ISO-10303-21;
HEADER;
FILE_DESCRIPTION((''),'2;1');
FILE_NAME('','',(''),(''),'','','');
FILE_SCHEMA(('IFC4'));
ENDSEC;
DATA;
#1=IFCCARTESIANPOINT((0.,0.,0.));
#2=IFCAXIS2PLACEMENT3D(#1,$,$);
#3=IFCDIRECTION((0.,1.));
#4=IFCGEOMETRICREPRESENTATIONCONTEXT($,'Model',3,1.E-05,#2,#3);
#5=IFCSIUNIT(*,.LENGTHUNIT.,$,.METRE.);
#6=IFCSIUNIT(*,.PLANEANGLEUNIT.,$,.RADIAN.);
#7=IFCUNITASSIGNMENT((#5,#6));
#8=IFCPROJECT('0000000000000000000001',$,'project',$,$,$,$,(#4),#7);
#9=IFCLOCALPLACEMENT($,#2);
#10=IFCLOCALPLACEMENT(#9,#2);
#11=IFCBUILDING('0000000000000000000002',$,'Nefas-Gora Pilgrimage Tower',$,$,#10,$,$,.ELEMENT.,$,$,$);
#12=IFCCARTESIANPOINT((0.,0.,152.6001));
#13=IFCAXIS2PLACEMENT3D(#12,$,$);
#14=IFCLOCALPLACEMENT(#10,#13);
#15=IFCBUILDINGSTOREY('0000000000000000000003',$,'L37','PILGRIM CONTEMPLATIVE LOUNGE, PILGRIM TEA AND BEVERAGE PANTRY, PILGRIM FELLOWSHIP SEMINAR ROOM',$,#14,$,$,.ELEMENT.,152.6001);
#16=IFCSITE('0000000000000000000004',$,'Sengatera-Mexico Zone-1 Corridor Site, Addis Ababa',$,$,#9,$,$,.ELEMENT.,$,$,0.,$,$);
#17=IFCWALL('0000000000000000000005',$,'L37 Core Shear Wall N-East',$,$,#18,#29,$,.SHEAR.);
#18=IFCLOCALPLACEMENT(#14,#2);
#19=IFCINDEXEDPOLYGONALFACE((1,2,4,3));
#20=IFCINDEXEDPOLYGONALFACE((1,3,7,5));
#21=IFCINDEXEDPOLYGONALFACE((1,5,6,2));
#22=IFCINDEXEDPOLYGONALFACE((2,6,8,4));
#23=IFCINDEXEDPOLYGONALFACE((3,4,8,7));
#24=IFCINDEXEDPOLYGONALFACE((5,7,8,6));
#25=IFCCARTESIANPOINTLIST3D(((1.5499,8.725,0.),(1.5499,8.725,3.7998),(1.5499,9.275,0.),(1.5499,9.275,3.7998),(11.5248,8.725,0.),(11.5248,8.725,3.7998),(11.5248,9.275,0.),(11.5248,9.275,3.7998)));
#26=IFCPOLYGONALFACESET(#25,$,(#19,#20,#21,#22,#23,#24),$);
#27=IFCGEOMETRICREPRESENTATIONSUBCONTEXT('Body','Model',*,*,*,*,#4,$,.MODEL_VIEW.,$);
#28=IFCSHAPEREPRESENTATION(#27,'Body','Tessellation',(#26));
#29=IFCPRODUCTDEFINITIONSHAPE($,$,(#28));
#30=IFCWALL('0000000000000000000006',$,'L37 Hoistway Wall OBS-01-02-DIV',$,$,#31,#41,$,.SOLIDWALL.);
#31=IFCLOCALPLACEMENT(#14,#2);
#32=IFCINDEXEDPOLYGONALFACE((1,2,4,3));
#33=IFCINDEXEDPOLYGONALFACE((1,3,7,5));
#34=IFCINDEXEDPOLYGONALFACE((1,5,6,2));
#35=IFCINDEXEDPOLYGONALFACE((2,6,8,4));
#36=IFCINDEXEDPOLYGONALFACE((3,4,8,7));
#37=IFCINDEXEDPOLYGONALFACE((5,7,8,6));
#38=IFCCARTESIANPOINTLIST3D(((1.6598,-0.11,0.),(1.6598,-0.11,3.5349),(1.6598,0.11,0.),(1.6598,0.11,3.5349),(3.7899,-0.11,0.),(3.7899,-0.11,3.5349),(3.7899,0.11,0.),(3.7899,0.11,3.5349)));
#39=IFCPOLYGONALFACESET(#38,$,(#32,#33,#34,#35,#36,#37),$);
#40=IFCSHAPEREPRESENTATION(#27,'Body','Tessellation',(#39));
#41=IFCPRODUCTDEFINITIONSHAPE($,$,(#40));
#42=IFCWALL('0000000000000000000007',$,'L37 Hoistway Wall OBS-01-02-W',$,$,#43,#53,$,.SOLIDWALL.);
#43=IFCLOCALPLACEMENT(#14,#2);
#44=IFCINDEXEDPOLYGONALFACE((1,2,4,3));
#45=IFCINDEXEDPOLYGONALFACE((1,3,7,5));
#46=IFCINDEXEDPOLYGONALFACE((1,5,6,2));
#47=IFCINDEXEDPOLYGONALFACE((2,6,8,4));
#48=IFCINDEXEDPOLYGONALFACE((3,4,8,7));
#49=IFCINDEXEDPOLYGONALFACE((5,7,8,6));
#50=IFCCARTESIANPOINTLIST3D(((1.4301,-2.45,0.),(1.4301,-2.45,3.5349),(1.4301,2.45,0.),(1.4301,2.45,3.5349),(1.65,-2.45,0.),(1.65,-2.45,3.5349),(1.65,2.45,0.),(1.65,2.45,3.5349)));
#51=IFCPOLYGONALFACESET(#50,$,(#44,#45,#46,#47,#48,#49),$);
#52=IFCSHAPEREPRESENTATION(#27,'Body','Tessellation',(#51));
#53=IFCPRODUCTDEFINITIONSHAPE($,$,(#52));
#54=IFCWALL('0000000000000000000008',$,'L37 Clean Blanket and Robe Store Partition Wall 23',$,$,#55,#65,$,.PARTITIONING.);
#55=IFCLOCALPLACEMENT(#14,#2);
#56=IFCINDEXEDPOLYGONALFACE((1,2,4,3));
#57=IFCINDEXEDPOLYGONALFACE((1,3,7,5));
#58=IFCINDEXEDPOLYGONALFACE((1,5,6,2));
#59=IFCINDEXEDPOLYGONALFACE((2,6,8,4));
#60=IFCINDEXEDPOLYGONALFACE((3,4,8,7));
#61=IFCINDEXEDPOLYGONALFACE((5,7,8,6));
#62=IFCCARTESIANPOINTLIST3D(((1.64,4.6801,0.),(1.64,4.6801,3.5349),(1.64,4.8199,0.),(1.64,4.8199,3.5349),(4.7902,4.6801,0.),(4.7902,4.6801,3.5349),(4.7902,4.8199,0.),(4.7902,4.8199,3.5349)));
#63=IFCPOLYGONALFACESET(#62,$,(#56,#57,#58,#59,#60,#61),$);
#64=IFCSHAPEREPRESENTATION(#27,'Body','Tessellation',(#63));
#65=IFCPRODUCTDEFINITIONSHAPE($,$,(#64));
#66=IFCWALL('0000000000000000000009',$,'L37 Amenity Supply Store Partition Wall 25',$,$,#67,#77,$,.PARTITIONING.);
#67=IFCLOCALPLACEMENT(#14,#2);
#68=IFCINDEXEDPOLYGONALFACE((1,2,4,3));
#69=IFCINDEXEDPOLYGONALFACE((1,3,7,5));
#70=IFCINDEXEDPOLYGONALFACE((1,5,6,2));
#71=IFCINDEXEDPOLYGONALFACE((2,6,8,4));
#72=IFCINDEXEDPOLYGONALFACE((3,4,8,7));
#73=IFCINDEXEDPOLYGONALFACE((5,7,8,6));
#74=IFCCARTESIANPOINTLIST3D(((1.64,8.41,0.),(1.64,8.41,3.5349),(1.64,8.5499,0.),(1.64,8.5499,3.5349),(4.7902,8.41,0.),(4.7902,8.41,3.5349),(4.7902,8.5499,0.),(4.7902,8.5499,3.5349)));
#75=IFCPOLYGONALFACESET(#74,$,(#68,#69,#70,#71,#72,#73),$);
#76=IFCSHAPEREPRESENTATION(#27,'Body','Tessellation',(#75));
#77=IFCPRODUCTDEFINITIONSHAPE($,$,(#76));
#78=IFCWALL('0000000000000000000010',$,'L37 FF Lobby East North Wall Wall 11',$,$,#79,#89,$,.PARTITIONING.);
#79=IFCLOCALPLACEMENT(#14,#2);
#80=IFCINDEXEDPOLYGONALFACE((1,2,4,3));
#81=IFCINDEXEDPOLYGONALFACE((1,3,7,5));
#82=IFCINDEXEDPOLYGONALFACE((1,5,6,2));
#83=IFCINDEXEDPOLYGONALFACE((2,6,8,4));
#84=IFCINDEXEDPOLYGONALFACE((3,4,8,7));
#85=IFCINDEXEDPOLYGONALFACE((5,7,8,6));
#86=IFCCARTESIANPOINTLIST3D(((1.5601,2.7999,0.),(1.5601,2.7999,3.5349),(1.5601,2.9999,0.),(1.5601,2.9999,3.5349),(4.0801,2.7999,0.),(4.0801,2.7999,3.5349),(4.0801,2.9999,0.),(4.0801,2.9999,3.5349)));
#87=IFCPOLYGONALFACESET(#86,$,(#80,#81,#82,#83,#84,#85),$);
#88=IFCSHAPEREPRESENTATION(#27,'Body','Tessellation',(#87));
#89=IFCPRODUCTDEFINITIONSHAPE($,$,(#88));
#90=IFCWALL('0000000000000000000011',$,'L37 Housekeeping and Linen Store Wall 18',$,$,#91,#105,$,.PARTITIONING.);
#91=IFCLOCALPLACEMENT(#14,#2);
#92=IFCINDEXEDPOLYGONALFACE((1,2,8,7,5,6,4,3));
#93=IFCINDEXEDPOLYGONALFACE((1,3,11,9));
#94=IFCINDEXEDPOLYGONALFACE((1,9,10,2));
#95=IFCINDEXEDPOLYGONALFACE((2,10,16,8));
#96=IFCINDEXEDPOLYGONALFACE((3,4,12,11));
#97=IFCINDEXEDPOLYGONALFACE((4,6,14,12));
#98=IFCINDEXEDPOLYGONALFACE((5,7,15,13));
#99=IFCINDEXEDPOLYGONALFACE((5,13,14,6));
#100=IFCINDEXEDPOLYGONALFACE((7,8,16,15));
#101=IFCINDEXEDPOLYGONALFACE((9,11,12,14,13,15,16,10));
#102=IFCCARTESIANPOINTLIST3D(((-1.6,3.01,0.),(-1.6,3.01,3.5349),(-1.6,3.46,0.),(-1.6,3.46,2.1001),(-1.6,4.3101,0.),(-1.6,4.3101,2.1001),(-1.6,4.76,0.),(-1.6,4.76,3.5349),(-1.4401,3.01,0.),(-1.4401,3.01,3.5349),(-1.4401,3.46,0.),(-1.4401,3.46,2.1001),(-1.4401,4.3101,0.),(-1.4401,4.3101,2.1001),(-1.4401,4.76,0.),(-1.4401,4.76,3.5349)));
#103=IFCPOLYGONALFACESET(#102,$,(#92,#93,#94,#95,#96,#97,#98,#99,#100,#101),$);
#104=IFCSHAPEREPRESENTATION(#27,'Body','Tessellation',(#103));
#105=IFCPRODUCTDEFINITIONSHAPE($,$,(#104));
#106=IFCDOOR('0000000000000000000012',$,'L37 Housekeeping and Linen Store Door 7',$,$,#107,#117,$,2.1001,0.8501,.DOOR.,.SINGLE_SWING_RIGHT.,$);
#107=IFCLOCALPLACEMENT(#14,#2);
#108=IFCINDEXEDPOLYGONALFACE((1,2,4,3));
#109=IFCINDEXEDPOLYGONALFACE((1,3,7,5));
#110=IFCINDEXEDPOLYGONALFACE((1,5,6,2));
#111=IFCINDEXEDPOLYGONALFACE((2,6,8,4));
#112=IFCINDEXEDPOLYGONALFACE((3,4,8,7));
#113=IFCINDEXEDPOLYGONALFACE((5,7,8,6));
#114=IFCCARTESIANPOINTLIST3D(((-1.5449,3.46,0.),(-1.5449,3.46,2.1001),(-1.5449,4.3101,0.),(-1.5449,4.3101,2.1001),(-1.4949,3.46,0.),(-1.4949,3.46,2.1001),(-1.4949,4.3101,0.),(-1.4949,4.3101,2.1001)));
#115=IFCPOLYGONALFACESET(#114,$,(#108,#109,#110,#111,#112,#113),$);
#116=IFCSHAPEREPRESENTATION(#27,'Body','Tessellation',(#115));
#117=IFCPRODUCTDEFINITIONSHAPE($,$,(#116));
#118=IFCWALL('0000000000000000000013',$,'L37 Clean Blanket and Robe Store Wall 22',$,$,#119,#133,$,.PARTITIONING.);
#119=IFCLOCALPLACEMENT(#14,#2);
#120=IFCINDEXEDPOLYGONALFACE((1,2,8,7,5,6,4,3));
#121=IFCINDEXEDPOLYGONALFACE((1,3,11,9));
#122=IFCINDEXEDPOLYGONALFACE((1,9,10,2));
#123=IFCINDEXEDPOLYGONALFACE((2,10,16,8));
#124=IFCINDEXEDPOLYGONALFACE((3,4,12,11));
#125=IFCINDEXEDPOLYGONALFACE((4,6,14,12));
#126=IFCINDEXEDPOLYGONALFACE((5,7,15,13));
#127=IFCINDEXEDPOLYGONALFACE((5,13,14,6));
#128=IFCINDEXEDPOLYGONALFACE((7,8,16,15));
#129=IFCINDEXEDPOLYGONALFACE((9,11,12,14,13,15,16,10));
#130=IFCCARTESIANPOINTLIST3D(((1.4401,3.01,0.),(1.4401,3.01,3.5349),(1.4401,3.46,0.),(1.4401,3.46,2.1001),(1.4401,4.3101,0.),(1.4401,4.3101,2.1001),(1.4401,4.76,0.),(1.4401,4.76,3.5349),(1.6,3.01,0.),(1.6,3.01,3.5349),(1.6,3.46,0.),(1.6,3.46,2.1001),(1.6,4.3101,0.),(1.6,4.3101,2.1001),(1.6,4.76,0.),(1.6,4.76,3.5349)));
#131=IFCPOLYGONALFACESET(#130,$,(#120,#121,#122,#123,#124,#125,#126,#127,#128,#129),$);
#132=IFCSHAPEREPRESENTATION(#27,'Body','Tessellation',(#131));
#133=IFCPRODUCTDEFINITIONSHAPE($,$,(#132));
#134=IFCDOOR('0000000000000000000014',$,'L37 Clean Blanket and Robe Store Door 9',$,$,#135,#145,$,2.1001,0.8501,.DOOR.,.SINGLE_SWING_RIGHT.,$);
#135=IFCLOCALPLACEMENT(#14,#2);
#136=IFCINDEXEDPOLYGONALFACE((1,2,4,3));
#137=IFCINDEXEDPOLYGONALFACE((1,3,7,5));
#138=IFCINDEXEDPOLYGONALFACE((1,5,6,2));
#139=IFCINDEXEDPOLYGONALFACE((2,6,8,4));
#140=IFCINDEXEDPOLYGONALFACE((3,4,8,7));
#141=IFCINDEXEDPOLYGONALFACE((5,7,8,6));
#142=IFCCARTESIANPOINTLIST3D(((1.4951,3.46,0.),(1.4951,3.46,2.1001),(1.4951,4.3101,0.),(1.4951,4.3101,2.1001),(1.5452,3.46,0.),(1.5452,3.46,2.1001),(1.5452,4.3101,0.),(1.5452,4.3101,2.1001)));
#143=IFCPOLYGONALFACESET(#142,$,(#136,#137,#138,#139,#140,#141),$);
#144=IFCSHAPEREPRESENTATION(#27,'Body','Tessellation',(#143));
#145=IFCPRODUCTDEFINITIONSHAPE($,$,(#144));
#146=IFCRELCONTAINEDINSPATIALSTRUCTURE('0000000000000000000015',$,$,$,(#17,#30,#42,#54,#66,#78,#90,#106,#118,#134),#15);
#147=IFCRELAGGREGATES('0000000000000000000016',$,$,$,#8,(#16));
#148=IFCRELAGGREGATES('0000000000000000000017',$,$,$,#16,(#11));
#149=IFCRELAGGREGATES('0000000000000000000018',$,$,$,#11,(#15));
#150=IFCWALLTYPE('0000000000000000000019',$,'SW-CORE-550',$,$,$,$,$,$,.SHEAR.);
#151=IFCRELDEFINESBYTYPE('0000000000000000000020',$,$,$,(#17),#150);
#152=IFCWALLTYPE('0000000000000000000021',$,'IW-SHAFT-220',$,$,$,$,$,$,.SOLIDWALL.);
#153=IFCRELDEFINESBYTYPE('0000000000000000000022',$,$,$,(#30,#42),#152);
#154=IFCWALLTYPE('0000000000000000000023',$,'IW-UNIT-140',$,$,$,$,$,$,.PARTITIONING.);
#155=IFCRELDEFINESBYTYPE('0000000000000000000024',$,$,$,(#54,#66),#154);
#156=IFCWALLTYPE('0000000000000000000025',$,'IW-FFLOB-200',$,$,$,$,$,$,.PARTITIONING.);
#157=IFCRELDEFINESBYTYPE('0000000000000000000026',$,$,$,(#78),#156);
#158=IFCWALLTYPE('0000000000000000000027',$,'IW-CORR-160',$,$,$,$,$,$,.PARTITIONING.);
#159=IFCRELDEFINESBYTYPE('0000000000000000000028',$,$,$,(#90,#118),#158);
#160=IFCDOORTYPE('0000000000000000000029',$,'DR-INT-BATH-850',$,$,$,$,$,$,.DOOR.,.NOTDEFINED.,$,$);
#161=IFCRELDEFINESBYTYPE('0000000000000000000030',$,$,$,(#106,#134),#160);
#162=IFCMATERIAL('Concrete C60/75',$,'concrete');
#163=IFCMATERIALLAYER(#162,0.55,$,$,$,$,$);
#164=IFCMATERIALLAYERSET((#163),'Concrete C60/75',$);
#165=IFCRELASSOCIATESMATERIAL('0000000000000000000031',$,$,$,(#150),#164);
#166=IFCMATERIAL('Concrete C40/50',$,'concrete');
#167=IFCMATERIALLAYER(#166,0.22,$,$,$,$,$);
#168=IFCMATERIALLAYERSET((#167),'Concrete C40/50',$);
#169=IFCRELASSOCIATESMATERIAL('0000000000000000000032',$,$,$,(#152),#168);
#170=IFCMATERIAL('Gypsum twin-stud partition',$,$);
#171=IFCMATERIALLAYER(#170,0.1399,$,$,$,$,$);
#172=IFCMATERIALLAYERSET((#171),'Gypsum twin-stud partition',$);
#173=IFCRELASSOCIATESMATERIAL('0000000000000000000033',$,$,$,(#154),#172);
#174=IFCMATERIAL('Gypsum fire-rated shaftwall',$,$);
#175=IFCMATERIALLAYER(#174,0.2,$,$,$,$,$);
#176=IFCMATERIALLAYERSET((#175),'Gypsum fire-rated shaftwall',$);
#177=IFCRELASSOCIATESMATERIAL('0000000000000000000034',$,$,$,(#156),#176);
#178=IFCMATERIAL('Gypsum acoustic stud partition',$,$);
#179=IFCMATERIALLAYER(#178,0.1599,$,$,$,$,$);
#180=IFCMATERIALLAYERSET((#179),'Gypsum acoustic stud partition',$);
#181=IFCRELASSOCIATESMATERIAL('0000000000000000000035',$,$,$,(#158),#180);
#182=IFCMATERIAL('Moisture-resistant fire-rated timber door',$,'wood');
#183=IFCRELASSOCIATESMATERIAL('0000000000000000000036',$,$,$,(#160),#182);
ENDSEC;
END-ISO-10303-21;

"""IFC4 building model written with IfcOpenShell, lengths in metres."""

from ifc_helpers import new_model, si_unit, direction, frame, frame_2d, origin, place, context, subcontext, project, spatial, rectangle, extrude, source, transform, mapped, material, layer, layer_set, type_object, element, fill, save


model = new_model("IFC4")

# Units and contexts
model_context = context("Model", 3, precision=1e-05, world=origin(), true_north=direction((0.0, 1.0)))
body_context = subcontext(model_context, "Body", "Model", "MODEL_VIEW")
ifc_project = project(units=[si_unit("LENGTHUNIT", "METRE"), si_unit("PLANEANGLEUNIT", "RADIAN")], contexts=[model_context])

# Site, building, storey
site_placement = place(None, origin())
site = spatial("IfcSite", under=ifc_project, at=site_placement, Name="Sengatera-Mexico Zone-1 Corridor Site, Addis Ababa", CompositionType="ELEMENT", RefElevation=0.0)
building_placement = place(site_placement, origin())
building = spatial("IfcBuilding", under=site, at=building_placement, Name="Nefas-Gora Pilgrimage Tower", CompositionType="ELEMENT")
storey_placement = place(building_placement, frame((0.0, 0.0, 152.6001)))
storey = spatial("IfcBuildingStorey", under=building, at=storey_placement, Name="L37", Description="PILGRIM CONTEMPLATIVE LOUNGE, PILGRIM TEA AND BEVERAGE PANTRY, PILGRIM FELLOWSHIP SEMINAR ROOM", CompositionType="ELEMENT", Elevation=152.6001)

# Shared definitions
ifc_material_1 = material(Name="Concrete C40/50", Category="concrete")

# Walls
ifc_material_2 = material(Name="Concrete C60/75", Category="concrete")
ifc_layer_1 = layer(ifc_material_2, 0.55)
ifc_layer_set_1 = layer_set([ifc_layer_1], Name="Concrete C60/75")
wall_type_1 = type_object("IfcWallType", Name="SW-CORE-550", PredefinedType="SHEAR", material=ifc_layer_set_1)
shared_shape_1 = source(origin(), body_context, "Body", "SweptSolid", [
    extrude(rectangle(XDim=9.9749, YDim=0.55, at=frame_2d((4.9873, 0.0))), origin(), (0.0, 0.0, 1.0), 3.7998),
])
wall_1_placement = place(storey_placement, frame((1.55, 9.0, 0.0), z_axis=(0.0, 0.0, 1.0), x_axis=(1.0, 0.0, 0.0)))
element("IfcWall", 1, at=wall_1_placement, inside=storey, type_object=wall_type_1, Name="L37 Core Shear Wall N-East", PredefinedType="SHEAR", context=body_context, shape_type="MappedRepresentation", body=[
    mapped(shared_shape_1, transform((0.0, 0.0, 0.0), x_axis=(1.0, 0.0, 0.0), y_axis=(0.0, 1.0, 0.0), z_axis=(0.0, 0.0, 1.0), scale=1.0)),
])
ifc_layer_2 = layer(ifc_material_1, 0.22)
ifc_layer_set_2 = layer_set([ifc_layer_2], Name="Concrete C40/50")
wall_type_2 = type_object("IfcWallType", Name="IW-SHAFT-220", PredefinedType="SOLIDWALL", material=ifc_layer_set_2)
shared_shape_2 = source(origin(), body_context, "Body", "SweptSolid", [
    extrude(rectangle(XDim=2.1301, YDim=0.22, at=frame_2d((1.0649, 0.0))), origin(), (0.0, 0.0, 1.0), 3.5349),
])
wall_2_placement = place(storey_placement, frame((1.6599, 0.0, 0.0), z_axis=(0.0, 0.0, 1.0), x_axis=(1.0, 0.0, 0.0)))
element("IfcWall", 2, at=wall_2_placement, inside=storey, type_object=wall_type_2, Name="L37 Hoistway Wall OBS-01-02-DIV", PredefinedType="SOLIDWALL", context=body_context, shape_type="MappedRepresentation", body=[
    mapped(shared_shape_2, transform((0.0, 0.0, 0.0), x_axis=(1.0, 0.0, 0.0), y_axis=(0.0, 1.0, 0.0), z_axis=(0.0, 0.0, 1.0), scale=1.0)),
])
shared_shape_3 = source(origin(), body_context, "Body", "SweptSolid", [
    extrude(rectangle(XDim=4.8999, YDim=0.22, at=frame_2d((2.45, 0.0))), origin(), (0.0, 0.0, 1.0), 3.5349),
])
wall_3_placement = place(storey_placement, frame((1.54, 2.45, 0.0), z_axis=(0.0, 0.0, 1.0), x_axis=(0.0, -1.0, 0.0)))
element("IfcWall", 3, at=wall_3_placement, inside=storey, type_object=wall_type_2, Name="L37 Hoistway Wall OBS-01-02-W", PredefinedType="SOLIDWALL", context=body_context, shape_type="MappedRepresentation", body=[
    mapped(shared_shape_3, transform((0.0, 0.0, 0.0), x_axis=(1.0, 0.0, 0.0), y_axis=(0.0, 1.0, 0.0), z_axis=(0.0, 0.0, 1.0), scale=1.0)),
])
ifc_material_3 = material(Name="Gypsum twin-stud partition")
ifc_layer_3 = layer(ifc_material_3, 0.1399)
ifc_layer_set_3 = layer_set([ifc_layer_3], Name="Gypsum twin-stud partition")
wall_type_3 = type_object("IfcWallType", Name="IW-UNIT-140", PredefinedType="PARTITIONING", material=ifc_layer_set_3)
shared_shape_4 = source(origin(), body_context, "Body", "SweptSolid", [
    extrude(rectangle(XDim=3.1501, YDim=0.1399, at=frame_2d((1.5752, 0.0))), origin(), (0.0, 0.0, 1.0), 3.5349),
])
for number, where, z_axis, x_axis, name in (
    (4, (1.6399, 4.75, 0.0), (0.0, 0.0, 1.0), (1.0, 0.0, 0.0), "L37 Clean Blanket and Robe Store Partition Wall 23"),
    (5, (1.6399, 8.48, 0.0), (0.0, 0.0, 1.0), (1.0, 0.0, 0.0), "L37 Amenity Supply Store Partition Wall 25"),
):
    element("IfcWall", number, at=place(storey_placement, frame(where, z_axis=z_axis, x_axis=x_axis)), inside=storey, type_object=wall_type_3, Name=name, PredefinedType="PARTITIONING", context=body_context, shape_type="MappedRepresentation", body=[
        mapped(shared_shape_4, transform((0.0, 0.0, 0.0), x_axis=(1.0, 0.0, 0.0), y_axis=(0.0, 1.0, 0.0), z_axis=(0.0, 0.0, 1.0), scale=1.0)),
    ])
ifc_material_4 = material(Name="Gypsum fire-rated shaftwall")
ifc_layer_4 = layer(ifc_material_4, 0.2)
ifc_layer_set_4 = layer_set([ifc_layer_4], Name="Gypsum fire-rated shaftwall")
wall_type_4 = type_object("IfcWallType", Name="IW-FFLOB-200", PredefinedType="PARTITIONING", material=ifc_layer_set_4)
shared_shape_5 = source(origin(), body_context, "Body", "SweptSolid", [
    extrude(rectangle(XDim=2.52, YDim=0.2, at=frame_2d((1.26, 0.0))), origin(), (0.0, 0.0, 1.0), 3.5349),
])
wall_4_placement = place(storey_placement, frame((1.5601, 2.8999, 0.0), z_axis=(0.0, 0.0, 1.0), x_axis=(1.0, 0.0, 0.0)))
element("IfcWall", 6, at=wall_4_placement, inside=storey, type_object=wall_type_4, Name="L37 FF Lobby East North Wall Wall 11", PredefinedType="PARTITIONING", context=body_context, shape_type="MappedRepresentation", body=[
    mapped(shared_shape_5, transform((0.0, 0.0, 0.0), x_axis=(1.0, 0.0, 0.0), y_axis=(0.0, 1.0, 0.0), z_axis=(0.0, 0.0, 1.0), scale=1.0)),
])

# Walls, openings, doors
ifc_material_5 = material(Name="Gypsum acoustic stud partition")
ifc_layer_5 = layer(ifc_material_5, 0.1599)
ifc_layer_set_5 = layer_set([ifc_layer_5], Name="Gypsum acoustic stud partition")
wall_type_5 = type_object("IfcWallType", Name="IW-CORR-160", PredefinedType="PARTITIONING", material=ifc_layer_set_5)
shared_shape_6 = source(origin(), body_context, "Body", "SweptSolid", [
    extrude(rectangle(XDim=1.75, YDim=0.1599, at=frame_2d((0.875, 0.0))), origin(), (0.0, 0.0, 1.0), 3.5349),
])
wall_5_placement = place(storey_placement, frame((-1.52, 3.01, 0.0), z_axis=(0.0, 0.0, 1.0), x_axis=(0.0, 1.0, 0.0)))
wall_5 = element("IfcWall", 7, at=wall_5_placement, inside=storey, type_object=wall_type_5, Name="L37 Housekeeping and Linen Store Wall 18", PredefinedType="PARTITIONING", context=body_context, shape_type="MappedRepresentation", body=[
    mapped(shared_shape_6, transform((0.0, 0.0, 0.0), x_axis=(1.0, 0.0, 0.0), y_axis=(0.0, 1.0, 0.0), z_axis=(0.0, 0.0, 1.0), scale=1.0)),
])
opening_1_placement = place(wall_5_placement, frame((0.45, 0.0, 0.0)))
opening_1 = element("IfcOpeningElement", 8, at=opening_1_placement, cuts=wall_5, PredefinedType="OPENING", context=body_context, shape_type="SweptSolid", body=[
    extrude(rectangle(XDim=0.8501, YDim=2.1001, at=frame_2d((0.425, 1.05))), frame((0.0, 0.0898, 0.0), z_axis=(0.0, -1.0, 0.0), x_axis=(1.0, 0.0, 0.0)), (0.0, 0.0, 1.0), 0.1799),
])
ifc_material_6 = material(Name="Moisture-resistant fire-rated timber door", Category="wood")
door_type = type_object("IfcDoorType", Name="DR-INT-BATH-850", OperationType="NOTDEFINED", PredefinedType="DOOR", material=ifc_material_6)
shared_shape_7 = source(origin(), body_context, "Body", "SweptSolid", [
    extrude(rectangle(XDim=0.8501, YDim=2.1001, at=frame_2d((0.425, 1.05))), frame((0.0, 0.0249, 0.0), z_axis=(0.0, -1.0, 0.0), x_axis=(1.0, 0.0, 0.0)), (0.0, 0.0, 1.0), 0.05),
])
door_1_placement = place(opening_1_placement, origin())
door_1 = element("IfcDoor", 9, at=door_1_placement, inside=storey, type_object=door_type, Name="L37 Housekeeping and Linen Store Door 7", OperationType="SINGLE_SWING_RIGHT", OverallHeight=2.1001, OverallWidth=0.8501, PredefinedType="DOOR", context=body_context, shape_type="MappedRepresentation", body=[
    mapped(shared_shape_7, transform((0.0, 0.0, 0.0), x_axis=(1.0, 0.0, 0.0), y_axis=(0.0, 1.0, 0.0), z_axis=(0.0, 0.0, 1.0), scale=1.0)),
])
fill(opening_1, door_1)
wall_6_placement = place(storey_placement, frame((1.52, 3.01, 0.0), z_axis=(0.0, 0.0, 1.0), x_axis=(0.0, 1.0, 0.0)))
wall_6 = element("IfcWall", 10, at=wall_6_placement, inside=storey, type_object=wall_type_5, Name="L37 Clean Blanket and Robe Store Wall 22", PredefinedType="PARTITIONING", context=body_context, shape_type="MappedRepresentation", body=[
    mapped(shared_shape_6, transform((0.0, 0.0, 0.0), x_axis=(1.0, 0.0, 0.0), y_axis=(0.0, 1.0, 0.0), z_axis=(0.0, 0.0, 1.0), scale=1.0)),
])
opening_2_placement = place(wall_6_placement, frame((0.45, 0.0, 0.0)))
opening_2 = element("IfcOpeningElement", 11, at=opening_2_placement, cuts=wall_6, PredefinedType="OPENING", context=body_context, shape_type="SweptSolid", body=[
    extrude(rectangle(XDim=0.8501, YDim=2.1001, at=frame_2d((0.425, 1.05))), frame((0.0, 0.0898, 0.0), z_axis=(0.0, -1.0, 0.0), x_axis=(1.0, 0.0, 0.0)), (0.0, 0.0, 1.0), 0.1799),
])
door_2_placement = place(opening_2_placement, origin())
door_2 = element("IfcDoor", 12, at=door_2_placement, inside=storey, type_object=door_type, Name="L37 Clean Blanket and Robe Store Door 9", OperationType="SINGLE_SWING_RIGHT", OverallHeight=2.1001, OverallWidth=0.8501, PredefinedType="DOOR", context=body_context, shape_type="MappedRepresentation", body=[
    mapped(shared_shape_7, transform((0.0, 0.0, 0.0), x_axis=(1.0, 0.0, 0.0), y_axis=(0.0, 1.0, 0.0), z_axis=(0.0, 0.0, 1.0), scale=1.0)),
])
fill(opening_2, door_2)

save(model, "model.ifc")
